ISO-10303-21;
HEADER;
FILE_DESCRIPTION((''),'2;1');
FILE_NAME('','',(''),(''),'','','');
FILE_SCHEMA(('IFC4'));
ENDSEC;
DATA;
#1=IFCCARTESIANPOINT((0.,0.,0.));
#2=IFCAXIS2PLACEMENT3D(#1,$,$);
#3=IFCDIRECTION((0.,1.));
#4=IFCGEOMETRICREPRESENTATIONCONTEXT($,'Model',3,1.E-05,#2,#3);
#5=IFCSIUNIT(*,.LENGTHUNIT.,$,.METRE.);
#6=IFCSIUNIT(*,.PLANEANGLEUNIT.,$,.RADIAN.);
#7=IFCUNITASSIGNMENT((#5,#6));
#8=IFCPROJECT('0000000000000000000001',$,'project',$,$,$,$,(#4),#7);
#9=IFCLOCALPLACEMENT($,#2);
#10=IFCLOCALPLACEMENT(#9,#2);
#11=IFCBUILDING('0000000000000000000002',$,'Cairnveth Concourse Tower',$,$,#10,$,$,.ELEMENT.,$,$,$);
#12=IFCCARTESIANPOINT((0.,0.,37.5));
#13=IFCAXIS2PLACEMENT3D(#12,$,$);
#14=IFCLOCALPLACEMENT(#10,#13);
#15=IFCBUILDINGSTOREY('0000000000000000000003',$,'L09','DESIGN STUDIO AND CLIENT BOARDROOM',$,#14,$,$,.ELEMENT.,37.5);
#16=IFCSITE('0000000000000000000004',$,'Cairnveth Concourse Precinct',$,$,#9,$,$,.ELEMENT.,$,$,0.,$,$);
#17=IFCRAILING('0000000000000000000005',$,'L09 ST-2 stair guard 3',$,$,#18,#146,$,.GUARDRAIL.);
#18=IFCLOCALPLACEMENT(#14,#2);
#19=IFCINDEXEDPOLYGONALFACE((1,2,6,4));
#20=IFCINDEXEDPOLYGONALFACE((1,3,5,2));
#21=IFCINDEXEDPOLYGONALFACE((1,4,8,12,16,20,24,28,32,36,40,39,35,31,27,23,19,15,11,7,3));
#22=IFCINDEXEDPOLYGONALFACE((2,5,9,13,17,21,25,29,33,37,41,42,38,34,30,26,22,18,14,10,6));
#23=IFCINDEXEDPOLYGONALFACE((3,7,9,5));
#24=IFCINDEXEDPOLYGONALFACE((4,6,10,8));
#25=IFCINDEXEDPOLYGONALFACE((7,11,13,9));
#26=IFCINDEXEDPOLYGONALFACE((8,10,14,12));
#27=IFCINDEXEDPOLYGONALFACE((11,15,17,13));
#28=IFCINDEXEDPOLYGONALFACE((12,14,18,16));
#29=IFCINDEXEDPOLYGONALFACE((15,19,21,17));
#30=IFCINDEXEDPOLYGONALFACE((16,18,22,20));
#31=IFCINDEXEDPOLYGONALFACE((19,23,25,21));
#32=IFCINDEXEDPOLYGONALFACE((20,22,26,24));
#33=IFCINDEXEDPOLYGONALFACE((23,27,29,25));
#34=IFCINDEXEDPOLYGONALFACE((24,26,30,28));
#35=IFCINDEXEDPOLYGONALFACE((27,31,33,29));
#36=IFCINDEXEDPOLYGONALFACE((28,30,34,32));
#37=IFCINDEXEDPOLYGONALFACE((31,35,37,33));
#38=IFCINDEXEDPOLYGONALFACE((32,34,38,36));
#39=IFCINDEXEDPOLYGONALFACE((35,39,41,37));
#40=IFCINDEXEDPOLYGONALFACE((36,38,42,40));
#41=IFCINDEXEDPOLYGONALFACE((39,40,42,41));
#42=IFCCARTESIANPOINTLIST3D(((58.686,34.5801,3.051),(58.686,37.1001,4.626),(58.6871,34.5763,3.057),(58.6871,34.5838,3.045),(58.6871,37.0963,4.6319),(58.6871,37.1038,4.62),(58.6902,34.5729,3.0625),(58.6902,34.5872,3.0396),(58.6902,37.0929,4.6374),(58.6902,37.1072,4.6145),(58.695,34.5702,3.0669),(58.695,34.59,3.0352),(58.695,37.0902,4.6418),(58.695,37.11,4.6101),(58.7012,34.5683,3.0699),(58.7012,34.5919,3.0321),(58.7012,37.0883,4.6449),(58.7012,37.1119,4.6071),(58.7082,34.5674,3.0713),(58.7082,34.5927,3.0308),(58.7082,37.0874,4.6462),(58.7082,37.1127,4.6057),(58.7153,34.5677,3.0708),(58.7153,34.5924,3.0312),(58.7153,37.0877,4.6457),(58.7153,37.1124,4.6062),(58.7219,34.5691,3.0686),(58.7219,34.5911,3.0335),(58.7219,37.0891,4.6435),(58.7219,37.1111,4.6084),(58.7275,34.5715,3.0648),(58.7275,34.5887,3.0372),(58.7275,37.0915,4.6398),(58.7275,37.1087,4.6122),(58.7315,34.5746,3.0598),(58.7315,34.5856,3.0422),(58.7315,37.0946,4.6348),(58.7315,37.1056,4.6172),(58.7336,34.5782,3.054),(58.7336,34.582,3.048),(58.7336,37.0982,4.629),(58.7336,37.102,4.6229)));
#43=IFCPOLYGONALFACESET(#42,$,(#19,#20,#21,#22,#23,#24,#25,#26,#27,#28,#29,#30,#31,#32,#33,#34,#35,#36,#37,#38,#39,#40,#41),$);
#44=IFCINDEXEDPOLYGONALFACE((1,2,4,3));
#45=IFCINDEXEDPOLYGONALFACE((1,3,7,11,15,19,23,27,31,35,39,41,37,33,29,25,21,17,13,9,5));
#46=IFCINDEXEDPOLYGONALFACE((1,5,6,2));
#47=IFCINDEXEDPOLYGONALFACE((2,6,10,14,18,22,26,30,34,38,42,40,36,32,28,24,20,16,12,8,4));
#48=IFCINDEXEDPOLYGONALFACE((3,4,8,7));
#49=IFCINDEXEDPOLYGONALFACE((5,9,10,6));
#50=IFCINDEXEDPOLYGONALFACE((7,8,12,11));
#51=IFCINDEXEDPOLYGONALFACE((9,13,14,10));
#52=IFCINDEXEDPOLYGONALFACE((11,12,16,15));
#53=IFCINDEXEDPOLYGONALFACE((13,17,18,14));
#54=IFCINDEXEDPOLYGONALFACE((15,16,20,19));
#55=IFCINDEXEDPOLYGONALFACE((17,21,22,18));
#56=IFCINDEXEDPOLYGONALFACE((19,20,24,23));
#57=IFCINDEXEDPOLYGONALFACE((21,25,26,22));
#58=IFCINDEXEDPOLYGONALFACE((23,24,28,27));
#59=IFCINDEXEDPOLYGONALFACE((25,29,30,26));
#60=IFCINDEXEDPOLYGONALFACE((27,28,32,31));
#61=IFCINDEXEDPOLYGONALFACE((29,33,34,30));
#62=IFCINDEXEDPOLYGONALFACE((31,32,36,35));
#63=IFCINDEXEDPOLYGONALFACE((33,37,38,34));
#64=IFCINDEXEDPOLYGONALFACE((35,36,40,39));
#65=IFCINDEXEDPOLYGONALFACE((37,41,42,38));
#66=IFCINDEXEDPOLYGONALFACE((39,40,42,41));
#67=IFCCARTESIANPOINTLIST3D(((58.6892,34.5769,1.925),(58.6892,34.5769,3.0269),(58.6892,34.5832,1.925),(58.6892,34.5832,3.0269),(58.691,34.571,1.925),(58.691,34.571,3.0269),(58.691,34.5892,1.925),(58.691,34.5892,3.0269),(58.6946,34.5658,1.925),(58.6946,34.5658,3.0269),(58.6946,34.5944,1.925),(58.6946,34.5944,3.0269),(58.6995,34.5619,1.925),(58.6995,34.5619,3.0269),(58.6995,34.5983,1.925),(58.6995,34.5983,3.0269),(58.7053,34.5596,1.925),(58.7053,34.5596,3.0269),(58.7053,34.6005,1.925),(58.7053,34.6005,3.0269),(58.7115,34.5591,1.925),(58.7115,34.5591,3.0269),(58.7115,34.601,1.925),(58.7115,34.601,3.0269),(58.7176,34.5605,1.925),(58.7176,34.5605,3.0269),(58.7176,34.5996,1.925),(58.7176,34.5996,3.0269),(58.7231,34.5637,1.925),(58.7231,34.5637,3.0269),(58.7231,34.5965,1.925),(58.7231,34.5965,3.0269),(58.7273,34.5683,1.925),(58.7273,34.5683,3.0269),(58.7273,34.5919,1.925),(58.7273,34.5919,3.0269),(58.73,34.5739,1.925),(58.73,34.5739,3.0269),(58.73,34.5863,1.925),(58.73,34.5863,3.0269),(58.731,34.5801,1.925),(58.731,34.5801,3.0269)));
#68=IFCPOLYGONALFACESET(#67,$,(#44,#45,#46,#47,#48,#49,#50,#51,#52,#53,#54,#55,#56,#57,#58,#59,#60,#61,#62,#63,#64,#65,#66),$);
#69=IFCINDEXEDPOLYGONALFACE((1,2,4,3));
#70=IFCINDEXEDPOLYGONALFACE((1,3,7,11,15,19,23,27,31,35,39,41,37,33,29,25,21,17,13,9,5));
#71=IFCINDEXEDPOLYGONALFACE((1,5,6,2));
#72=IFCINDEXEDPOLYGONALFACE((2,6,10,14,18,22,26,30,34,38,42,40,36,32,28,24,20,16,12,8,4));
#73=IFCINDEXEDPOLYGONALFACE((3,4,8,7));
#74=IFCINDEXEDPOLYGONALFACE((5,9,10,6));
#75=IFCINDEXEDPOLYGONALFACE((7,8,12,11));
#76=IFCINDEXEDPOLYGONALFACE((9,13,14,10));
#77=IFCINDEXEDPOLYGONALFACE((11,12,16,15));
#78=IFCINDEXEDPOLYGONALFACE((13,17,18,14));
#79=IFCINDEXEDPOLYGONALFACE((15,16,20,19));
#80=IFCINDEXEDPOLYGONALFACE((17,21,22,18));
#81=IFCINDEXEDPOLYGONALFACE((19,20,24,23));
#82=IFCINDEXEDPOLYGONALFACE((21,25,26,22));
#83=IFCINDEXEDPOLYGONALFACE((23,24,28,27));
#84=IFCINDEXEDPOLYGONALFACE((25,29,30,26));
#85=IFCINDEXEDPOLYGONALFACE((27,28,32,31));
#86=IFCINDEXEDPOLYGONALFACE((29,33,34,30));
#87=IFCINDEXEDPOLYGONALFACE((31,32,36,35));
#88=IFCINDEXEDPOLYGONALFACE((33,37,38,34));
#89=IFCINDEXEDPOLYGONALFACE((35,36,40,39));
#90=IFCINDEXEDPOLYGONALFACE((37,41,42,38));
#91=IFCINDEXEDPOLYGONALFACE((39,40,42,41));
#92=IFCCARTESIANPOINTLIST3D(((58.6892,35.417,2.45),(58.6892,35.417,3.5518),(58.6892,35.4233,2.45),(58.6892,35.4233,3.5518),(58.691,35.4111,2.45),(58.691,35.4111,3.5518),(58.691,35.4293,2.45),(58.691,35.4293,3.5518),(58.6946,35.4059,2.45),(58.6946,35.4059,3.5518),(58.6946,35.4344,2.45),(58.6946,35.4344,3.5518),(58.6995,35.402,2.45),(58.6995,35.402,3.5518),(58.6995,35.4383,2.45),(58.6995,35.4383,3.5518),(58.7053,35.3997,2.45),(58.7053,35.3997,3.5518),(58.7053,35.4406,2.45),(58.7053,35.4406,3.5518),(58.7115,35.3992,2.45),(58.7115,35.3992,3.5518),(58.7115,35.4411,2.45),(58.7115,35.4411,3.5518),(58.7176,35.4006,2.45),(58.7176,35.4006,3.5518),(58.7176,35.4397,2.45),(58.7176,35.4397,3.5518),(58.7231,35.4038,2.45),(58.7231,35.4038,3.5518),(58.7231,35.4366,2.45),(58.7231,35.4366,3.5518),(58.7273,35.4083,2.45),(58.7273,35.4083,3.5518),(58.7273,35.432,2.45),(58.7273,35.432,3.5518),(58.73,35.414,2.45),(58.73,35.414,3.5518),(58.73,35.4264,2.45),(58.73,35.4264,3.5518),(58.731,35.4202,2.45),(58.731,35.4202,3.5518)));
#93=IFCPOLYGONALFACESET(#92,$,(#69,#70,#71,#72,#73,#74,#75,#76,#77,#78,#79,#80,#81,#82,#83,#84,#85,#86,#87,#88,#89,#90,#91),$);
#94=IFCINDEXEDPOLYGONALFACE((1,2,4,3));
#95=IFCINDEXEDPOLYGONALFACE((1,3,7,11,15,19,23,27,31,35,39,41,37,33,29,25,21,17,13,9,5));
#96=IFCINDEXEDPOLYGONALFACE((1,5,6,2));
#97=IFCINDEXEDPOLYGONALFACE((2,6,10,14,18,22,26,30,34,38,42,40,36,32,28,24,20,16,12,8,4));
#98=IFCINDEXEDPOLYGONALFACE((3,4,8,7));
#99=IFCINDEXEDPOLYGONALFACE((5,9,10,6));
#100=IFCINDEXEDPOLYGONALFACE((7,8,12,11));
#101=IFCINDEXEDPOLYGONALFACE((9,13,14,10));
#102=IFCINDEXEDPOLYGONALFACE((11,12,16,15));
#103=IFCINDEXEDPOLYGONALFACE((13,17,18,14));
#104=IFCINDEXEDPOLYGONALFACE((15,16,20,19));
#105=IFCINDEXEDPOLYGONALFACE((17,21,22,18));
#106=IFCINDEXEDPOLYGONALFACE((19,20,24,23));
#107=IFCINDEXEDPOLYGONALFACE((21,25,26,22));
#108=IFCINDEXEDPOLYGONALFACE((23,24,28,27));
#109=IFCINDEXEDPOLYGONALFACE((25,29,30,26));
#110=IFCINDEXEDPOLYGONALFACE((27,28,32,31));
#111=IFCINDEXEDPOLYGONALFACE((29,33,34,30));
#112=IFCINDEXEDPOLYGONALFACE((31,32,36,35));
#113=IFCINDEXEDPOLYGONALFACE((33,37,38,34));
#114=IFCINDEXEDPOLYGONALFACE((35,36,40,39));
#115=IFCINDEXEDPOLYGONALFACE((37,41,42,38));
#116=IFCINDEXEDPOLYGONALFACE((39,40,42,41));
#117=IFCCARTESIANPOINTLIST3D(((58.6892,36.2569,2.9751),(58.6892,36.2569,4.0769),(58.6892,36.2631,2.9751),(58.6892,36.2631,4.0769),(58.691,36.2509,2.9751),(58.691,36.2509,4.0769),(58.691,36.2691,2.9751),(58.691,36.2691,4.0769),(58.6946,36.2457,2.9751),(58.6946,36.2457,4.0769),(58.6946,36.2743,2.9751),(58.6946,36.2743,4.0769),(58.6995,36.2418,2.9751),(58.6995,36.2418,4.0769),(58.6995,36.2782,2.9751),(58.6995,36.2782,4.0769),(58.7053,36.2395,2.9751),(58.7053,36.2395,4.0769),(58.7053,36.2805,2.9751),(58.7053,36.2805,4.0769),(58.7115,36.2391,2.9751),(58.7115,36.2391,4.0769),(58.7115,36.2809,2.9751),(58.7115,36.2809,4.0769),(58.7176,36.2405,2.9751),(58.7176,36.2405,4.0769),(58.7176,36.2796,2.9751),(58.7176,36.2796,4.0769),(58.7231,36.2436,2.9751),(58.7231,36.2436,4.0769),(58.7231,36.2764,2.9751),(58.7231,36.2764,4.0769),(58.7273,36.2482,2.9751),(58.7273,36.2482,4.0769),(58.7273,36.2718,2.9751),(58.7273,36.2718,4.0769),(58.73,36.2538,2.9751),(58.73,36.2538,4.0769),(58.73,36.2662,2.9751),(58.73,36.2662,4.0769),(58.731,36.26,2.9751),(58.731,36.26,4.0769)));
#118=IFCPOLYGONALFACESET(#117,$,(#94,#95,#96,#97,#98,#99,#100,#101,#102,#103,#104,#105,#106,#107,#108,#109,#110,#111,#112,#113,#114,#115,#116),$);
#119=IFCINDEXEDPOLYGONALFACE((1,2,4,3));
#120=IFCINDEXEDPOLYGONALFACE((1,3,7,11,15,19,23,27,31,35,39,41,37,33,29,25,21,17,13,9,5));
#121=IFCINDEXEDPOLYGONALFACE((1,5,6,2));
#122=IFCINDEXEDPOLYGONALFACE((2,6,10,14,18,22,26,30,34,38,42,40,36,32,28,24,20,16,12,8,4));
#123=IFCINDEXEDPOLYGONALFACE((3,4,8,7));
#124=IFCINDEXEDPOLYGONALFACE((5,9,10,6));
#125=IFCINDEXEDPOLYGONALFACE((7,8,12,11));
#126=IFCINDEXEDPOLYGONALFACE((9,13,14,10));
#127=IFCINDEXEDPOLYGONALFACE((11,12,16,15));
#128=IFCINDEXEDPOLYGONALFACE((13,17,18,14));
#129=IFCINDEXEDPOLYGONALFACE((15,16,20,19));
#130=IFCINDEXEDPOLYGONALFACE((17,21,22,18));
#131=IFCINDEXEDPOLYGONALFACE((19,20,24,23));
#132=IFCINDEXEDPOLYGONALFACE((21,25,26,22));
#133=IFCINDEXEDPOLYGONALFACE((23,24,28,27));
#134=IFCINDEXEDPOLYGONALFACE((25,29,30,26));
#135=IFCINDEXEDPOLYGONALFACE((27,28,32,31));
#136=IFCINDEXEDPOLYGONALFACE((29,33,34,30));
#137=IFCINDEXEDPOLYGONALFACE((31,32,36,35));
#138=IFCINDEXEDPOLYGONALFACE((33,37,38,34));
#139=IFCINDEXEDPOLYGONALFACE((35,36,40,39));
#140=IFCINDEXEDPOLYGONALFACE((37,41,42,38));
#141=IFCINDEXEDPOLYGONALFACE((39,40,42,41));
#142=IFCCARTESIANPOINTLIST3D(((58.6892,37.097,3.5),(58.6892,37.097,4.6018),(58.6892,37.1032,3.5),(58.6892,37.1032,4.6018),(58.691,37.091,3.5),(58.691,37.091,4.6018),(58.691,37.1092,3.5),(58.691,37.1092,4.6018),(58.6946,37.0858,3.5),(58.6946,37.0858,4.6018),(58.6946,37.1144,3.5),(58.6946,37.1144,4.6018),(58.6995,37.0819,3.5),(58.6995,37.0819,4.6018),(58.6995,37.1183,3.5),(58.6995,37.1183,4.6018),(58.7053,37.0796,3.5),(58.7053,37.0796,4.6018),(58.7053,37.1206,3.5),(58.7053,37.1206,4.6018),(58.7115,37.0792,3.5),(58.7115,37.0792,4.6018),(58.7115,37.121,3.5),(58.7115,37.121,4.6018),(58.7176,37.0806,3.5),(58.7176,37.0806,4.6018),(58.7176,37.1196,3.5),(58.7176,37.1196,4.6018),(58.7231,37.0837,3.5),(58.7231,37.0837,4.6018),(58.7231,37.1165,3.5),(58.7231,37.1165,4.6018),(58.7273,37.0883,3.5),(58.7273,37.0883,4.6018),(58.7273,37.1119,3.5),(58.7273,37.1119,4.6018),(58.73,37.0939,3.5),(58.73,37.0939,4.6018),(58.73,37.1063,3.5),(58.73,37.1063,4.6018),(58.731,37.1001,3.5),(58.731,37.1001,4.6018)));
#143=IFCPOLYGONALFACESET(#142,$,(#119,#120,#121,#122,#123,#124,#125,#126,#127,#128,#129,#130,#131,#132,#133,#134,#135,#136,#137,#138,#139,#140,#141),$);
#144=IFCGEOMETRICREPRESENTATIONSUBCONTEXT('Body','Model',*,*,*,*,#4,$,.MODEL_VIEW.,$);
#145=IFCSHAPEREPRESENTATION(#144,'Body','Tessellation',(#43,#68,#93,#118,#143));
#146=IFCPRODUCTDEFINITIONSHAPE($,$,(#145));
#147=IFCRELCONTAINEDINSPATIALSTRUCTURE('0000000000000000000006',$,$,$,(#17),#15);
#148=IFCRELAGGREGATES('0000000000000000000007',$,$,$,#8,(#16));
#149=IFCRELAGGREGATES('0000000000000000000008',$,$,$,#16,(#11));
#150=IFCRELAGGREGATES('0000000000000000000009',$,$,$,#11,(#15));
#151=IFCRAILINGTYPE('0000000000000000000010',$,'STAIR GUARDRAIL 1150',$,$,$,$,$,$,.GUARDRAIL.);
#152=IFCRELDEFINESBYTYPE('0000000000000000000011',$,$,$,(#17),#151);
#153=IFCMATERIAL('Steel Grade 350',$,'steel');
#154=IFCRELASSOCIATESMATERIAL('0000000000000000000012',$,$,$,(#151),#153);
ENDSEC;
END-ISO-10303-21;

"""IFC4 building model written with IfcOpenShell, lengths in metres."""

from ifc_helpers import new_model, si_unit, direction, frame, origin, origin_2d, place, context, subcontext, project, spatial, circle, extrude, material, type_object, element, save


model = new_model("IFC4")

# Units and contexts
model_context = context("Model", 3, precision=1e-05, world=origin(), true_north=direction((0.0, 1.0)))
body_context = subcontext(model_context, "Body", "Model", "MODEL_VIEW")
ifc_project = project(units=[si_unit("LENGTHUNIT", "METRE"), si_unit("PLANEANGLEUNIT", "RADIAN")], contexts=[model_context])

# Site, building, storey
site_placement = place(None, origin())
site = spatial("IfcSite", under=ifc_project, at=site_placement, Name="Cairnveth Concourse Precinct", CompositionType="ELEMENT", RefElevation=0.0)
building_placement = place(site_placement, origin())
building = spatial("IfcBuilding", under=site, at=building_placement, Name="Cairnveth Concourse Tower", CompositionType="ELEMENT")
storey_placement = place(building_placement, frame((0.0, 0.0, 37.5)))
storey = spatial("IfcBuildingStorey", under=building, at=storey_placement, Name="L09", Description="DESIGN STUDIO AND CLIENT BOARDROOM", CompositionType="ELEMENT", Elevation=37.5)

# Shared definitions
ifc_material_1 = material(Name="Steel Grade 350", Category="steel")

# Railing
railing_type_1 = type_object("IfcRailingType", Name="STAIR GUARDRAIL 1150", PredefinedType="GUARDRAIL", material=ifc_material_1)
railing_1_placement = place(storey_placement, frame((58.71, 34.5801, 1.925)))
element("IfcRailing", 1, at=railing_1_placement, inside=storey, type_object=railing_type_1, Name="L09 ST-2 stair guard 3", PredefinedType="GUARDRAIL", context=body_context, shape_type="SweptSolid", body=[
    extrude(circle(Radius=0.0239, at=origin_2d()), frame((0.0, 0.0, 1.126), z_axis=(0.0, 0.848008, 0.529984), x_axis=(-1.0, 0.0, 0.0)), (0.0, 0.0, 1.0), 2.9717),
    extrude(circle(Radius=0.021, at=origin_2d()), origin(), (0.0, 0.0, 1.0), 1.1018),
    extrude(circle(Radius=0.021, at=origin_2d()), frame((0.0, 0.8401, 0.5249)), (0.0, 0.0, 1.0), 1.1018),
    extrude(circle(Radius=0.021, at=origin_2d()), frame((0.0, 1.6799, 1.05)), (0.0, 0.0, 1.0), 1.1018),
    extrude(circle(Radius=0.021, at=origin_2d()), frame((0.0, 2.52, 1.575)), (0.0, 0.0, 1.0), 1.1018),
])

save(model, "model.ifc")
